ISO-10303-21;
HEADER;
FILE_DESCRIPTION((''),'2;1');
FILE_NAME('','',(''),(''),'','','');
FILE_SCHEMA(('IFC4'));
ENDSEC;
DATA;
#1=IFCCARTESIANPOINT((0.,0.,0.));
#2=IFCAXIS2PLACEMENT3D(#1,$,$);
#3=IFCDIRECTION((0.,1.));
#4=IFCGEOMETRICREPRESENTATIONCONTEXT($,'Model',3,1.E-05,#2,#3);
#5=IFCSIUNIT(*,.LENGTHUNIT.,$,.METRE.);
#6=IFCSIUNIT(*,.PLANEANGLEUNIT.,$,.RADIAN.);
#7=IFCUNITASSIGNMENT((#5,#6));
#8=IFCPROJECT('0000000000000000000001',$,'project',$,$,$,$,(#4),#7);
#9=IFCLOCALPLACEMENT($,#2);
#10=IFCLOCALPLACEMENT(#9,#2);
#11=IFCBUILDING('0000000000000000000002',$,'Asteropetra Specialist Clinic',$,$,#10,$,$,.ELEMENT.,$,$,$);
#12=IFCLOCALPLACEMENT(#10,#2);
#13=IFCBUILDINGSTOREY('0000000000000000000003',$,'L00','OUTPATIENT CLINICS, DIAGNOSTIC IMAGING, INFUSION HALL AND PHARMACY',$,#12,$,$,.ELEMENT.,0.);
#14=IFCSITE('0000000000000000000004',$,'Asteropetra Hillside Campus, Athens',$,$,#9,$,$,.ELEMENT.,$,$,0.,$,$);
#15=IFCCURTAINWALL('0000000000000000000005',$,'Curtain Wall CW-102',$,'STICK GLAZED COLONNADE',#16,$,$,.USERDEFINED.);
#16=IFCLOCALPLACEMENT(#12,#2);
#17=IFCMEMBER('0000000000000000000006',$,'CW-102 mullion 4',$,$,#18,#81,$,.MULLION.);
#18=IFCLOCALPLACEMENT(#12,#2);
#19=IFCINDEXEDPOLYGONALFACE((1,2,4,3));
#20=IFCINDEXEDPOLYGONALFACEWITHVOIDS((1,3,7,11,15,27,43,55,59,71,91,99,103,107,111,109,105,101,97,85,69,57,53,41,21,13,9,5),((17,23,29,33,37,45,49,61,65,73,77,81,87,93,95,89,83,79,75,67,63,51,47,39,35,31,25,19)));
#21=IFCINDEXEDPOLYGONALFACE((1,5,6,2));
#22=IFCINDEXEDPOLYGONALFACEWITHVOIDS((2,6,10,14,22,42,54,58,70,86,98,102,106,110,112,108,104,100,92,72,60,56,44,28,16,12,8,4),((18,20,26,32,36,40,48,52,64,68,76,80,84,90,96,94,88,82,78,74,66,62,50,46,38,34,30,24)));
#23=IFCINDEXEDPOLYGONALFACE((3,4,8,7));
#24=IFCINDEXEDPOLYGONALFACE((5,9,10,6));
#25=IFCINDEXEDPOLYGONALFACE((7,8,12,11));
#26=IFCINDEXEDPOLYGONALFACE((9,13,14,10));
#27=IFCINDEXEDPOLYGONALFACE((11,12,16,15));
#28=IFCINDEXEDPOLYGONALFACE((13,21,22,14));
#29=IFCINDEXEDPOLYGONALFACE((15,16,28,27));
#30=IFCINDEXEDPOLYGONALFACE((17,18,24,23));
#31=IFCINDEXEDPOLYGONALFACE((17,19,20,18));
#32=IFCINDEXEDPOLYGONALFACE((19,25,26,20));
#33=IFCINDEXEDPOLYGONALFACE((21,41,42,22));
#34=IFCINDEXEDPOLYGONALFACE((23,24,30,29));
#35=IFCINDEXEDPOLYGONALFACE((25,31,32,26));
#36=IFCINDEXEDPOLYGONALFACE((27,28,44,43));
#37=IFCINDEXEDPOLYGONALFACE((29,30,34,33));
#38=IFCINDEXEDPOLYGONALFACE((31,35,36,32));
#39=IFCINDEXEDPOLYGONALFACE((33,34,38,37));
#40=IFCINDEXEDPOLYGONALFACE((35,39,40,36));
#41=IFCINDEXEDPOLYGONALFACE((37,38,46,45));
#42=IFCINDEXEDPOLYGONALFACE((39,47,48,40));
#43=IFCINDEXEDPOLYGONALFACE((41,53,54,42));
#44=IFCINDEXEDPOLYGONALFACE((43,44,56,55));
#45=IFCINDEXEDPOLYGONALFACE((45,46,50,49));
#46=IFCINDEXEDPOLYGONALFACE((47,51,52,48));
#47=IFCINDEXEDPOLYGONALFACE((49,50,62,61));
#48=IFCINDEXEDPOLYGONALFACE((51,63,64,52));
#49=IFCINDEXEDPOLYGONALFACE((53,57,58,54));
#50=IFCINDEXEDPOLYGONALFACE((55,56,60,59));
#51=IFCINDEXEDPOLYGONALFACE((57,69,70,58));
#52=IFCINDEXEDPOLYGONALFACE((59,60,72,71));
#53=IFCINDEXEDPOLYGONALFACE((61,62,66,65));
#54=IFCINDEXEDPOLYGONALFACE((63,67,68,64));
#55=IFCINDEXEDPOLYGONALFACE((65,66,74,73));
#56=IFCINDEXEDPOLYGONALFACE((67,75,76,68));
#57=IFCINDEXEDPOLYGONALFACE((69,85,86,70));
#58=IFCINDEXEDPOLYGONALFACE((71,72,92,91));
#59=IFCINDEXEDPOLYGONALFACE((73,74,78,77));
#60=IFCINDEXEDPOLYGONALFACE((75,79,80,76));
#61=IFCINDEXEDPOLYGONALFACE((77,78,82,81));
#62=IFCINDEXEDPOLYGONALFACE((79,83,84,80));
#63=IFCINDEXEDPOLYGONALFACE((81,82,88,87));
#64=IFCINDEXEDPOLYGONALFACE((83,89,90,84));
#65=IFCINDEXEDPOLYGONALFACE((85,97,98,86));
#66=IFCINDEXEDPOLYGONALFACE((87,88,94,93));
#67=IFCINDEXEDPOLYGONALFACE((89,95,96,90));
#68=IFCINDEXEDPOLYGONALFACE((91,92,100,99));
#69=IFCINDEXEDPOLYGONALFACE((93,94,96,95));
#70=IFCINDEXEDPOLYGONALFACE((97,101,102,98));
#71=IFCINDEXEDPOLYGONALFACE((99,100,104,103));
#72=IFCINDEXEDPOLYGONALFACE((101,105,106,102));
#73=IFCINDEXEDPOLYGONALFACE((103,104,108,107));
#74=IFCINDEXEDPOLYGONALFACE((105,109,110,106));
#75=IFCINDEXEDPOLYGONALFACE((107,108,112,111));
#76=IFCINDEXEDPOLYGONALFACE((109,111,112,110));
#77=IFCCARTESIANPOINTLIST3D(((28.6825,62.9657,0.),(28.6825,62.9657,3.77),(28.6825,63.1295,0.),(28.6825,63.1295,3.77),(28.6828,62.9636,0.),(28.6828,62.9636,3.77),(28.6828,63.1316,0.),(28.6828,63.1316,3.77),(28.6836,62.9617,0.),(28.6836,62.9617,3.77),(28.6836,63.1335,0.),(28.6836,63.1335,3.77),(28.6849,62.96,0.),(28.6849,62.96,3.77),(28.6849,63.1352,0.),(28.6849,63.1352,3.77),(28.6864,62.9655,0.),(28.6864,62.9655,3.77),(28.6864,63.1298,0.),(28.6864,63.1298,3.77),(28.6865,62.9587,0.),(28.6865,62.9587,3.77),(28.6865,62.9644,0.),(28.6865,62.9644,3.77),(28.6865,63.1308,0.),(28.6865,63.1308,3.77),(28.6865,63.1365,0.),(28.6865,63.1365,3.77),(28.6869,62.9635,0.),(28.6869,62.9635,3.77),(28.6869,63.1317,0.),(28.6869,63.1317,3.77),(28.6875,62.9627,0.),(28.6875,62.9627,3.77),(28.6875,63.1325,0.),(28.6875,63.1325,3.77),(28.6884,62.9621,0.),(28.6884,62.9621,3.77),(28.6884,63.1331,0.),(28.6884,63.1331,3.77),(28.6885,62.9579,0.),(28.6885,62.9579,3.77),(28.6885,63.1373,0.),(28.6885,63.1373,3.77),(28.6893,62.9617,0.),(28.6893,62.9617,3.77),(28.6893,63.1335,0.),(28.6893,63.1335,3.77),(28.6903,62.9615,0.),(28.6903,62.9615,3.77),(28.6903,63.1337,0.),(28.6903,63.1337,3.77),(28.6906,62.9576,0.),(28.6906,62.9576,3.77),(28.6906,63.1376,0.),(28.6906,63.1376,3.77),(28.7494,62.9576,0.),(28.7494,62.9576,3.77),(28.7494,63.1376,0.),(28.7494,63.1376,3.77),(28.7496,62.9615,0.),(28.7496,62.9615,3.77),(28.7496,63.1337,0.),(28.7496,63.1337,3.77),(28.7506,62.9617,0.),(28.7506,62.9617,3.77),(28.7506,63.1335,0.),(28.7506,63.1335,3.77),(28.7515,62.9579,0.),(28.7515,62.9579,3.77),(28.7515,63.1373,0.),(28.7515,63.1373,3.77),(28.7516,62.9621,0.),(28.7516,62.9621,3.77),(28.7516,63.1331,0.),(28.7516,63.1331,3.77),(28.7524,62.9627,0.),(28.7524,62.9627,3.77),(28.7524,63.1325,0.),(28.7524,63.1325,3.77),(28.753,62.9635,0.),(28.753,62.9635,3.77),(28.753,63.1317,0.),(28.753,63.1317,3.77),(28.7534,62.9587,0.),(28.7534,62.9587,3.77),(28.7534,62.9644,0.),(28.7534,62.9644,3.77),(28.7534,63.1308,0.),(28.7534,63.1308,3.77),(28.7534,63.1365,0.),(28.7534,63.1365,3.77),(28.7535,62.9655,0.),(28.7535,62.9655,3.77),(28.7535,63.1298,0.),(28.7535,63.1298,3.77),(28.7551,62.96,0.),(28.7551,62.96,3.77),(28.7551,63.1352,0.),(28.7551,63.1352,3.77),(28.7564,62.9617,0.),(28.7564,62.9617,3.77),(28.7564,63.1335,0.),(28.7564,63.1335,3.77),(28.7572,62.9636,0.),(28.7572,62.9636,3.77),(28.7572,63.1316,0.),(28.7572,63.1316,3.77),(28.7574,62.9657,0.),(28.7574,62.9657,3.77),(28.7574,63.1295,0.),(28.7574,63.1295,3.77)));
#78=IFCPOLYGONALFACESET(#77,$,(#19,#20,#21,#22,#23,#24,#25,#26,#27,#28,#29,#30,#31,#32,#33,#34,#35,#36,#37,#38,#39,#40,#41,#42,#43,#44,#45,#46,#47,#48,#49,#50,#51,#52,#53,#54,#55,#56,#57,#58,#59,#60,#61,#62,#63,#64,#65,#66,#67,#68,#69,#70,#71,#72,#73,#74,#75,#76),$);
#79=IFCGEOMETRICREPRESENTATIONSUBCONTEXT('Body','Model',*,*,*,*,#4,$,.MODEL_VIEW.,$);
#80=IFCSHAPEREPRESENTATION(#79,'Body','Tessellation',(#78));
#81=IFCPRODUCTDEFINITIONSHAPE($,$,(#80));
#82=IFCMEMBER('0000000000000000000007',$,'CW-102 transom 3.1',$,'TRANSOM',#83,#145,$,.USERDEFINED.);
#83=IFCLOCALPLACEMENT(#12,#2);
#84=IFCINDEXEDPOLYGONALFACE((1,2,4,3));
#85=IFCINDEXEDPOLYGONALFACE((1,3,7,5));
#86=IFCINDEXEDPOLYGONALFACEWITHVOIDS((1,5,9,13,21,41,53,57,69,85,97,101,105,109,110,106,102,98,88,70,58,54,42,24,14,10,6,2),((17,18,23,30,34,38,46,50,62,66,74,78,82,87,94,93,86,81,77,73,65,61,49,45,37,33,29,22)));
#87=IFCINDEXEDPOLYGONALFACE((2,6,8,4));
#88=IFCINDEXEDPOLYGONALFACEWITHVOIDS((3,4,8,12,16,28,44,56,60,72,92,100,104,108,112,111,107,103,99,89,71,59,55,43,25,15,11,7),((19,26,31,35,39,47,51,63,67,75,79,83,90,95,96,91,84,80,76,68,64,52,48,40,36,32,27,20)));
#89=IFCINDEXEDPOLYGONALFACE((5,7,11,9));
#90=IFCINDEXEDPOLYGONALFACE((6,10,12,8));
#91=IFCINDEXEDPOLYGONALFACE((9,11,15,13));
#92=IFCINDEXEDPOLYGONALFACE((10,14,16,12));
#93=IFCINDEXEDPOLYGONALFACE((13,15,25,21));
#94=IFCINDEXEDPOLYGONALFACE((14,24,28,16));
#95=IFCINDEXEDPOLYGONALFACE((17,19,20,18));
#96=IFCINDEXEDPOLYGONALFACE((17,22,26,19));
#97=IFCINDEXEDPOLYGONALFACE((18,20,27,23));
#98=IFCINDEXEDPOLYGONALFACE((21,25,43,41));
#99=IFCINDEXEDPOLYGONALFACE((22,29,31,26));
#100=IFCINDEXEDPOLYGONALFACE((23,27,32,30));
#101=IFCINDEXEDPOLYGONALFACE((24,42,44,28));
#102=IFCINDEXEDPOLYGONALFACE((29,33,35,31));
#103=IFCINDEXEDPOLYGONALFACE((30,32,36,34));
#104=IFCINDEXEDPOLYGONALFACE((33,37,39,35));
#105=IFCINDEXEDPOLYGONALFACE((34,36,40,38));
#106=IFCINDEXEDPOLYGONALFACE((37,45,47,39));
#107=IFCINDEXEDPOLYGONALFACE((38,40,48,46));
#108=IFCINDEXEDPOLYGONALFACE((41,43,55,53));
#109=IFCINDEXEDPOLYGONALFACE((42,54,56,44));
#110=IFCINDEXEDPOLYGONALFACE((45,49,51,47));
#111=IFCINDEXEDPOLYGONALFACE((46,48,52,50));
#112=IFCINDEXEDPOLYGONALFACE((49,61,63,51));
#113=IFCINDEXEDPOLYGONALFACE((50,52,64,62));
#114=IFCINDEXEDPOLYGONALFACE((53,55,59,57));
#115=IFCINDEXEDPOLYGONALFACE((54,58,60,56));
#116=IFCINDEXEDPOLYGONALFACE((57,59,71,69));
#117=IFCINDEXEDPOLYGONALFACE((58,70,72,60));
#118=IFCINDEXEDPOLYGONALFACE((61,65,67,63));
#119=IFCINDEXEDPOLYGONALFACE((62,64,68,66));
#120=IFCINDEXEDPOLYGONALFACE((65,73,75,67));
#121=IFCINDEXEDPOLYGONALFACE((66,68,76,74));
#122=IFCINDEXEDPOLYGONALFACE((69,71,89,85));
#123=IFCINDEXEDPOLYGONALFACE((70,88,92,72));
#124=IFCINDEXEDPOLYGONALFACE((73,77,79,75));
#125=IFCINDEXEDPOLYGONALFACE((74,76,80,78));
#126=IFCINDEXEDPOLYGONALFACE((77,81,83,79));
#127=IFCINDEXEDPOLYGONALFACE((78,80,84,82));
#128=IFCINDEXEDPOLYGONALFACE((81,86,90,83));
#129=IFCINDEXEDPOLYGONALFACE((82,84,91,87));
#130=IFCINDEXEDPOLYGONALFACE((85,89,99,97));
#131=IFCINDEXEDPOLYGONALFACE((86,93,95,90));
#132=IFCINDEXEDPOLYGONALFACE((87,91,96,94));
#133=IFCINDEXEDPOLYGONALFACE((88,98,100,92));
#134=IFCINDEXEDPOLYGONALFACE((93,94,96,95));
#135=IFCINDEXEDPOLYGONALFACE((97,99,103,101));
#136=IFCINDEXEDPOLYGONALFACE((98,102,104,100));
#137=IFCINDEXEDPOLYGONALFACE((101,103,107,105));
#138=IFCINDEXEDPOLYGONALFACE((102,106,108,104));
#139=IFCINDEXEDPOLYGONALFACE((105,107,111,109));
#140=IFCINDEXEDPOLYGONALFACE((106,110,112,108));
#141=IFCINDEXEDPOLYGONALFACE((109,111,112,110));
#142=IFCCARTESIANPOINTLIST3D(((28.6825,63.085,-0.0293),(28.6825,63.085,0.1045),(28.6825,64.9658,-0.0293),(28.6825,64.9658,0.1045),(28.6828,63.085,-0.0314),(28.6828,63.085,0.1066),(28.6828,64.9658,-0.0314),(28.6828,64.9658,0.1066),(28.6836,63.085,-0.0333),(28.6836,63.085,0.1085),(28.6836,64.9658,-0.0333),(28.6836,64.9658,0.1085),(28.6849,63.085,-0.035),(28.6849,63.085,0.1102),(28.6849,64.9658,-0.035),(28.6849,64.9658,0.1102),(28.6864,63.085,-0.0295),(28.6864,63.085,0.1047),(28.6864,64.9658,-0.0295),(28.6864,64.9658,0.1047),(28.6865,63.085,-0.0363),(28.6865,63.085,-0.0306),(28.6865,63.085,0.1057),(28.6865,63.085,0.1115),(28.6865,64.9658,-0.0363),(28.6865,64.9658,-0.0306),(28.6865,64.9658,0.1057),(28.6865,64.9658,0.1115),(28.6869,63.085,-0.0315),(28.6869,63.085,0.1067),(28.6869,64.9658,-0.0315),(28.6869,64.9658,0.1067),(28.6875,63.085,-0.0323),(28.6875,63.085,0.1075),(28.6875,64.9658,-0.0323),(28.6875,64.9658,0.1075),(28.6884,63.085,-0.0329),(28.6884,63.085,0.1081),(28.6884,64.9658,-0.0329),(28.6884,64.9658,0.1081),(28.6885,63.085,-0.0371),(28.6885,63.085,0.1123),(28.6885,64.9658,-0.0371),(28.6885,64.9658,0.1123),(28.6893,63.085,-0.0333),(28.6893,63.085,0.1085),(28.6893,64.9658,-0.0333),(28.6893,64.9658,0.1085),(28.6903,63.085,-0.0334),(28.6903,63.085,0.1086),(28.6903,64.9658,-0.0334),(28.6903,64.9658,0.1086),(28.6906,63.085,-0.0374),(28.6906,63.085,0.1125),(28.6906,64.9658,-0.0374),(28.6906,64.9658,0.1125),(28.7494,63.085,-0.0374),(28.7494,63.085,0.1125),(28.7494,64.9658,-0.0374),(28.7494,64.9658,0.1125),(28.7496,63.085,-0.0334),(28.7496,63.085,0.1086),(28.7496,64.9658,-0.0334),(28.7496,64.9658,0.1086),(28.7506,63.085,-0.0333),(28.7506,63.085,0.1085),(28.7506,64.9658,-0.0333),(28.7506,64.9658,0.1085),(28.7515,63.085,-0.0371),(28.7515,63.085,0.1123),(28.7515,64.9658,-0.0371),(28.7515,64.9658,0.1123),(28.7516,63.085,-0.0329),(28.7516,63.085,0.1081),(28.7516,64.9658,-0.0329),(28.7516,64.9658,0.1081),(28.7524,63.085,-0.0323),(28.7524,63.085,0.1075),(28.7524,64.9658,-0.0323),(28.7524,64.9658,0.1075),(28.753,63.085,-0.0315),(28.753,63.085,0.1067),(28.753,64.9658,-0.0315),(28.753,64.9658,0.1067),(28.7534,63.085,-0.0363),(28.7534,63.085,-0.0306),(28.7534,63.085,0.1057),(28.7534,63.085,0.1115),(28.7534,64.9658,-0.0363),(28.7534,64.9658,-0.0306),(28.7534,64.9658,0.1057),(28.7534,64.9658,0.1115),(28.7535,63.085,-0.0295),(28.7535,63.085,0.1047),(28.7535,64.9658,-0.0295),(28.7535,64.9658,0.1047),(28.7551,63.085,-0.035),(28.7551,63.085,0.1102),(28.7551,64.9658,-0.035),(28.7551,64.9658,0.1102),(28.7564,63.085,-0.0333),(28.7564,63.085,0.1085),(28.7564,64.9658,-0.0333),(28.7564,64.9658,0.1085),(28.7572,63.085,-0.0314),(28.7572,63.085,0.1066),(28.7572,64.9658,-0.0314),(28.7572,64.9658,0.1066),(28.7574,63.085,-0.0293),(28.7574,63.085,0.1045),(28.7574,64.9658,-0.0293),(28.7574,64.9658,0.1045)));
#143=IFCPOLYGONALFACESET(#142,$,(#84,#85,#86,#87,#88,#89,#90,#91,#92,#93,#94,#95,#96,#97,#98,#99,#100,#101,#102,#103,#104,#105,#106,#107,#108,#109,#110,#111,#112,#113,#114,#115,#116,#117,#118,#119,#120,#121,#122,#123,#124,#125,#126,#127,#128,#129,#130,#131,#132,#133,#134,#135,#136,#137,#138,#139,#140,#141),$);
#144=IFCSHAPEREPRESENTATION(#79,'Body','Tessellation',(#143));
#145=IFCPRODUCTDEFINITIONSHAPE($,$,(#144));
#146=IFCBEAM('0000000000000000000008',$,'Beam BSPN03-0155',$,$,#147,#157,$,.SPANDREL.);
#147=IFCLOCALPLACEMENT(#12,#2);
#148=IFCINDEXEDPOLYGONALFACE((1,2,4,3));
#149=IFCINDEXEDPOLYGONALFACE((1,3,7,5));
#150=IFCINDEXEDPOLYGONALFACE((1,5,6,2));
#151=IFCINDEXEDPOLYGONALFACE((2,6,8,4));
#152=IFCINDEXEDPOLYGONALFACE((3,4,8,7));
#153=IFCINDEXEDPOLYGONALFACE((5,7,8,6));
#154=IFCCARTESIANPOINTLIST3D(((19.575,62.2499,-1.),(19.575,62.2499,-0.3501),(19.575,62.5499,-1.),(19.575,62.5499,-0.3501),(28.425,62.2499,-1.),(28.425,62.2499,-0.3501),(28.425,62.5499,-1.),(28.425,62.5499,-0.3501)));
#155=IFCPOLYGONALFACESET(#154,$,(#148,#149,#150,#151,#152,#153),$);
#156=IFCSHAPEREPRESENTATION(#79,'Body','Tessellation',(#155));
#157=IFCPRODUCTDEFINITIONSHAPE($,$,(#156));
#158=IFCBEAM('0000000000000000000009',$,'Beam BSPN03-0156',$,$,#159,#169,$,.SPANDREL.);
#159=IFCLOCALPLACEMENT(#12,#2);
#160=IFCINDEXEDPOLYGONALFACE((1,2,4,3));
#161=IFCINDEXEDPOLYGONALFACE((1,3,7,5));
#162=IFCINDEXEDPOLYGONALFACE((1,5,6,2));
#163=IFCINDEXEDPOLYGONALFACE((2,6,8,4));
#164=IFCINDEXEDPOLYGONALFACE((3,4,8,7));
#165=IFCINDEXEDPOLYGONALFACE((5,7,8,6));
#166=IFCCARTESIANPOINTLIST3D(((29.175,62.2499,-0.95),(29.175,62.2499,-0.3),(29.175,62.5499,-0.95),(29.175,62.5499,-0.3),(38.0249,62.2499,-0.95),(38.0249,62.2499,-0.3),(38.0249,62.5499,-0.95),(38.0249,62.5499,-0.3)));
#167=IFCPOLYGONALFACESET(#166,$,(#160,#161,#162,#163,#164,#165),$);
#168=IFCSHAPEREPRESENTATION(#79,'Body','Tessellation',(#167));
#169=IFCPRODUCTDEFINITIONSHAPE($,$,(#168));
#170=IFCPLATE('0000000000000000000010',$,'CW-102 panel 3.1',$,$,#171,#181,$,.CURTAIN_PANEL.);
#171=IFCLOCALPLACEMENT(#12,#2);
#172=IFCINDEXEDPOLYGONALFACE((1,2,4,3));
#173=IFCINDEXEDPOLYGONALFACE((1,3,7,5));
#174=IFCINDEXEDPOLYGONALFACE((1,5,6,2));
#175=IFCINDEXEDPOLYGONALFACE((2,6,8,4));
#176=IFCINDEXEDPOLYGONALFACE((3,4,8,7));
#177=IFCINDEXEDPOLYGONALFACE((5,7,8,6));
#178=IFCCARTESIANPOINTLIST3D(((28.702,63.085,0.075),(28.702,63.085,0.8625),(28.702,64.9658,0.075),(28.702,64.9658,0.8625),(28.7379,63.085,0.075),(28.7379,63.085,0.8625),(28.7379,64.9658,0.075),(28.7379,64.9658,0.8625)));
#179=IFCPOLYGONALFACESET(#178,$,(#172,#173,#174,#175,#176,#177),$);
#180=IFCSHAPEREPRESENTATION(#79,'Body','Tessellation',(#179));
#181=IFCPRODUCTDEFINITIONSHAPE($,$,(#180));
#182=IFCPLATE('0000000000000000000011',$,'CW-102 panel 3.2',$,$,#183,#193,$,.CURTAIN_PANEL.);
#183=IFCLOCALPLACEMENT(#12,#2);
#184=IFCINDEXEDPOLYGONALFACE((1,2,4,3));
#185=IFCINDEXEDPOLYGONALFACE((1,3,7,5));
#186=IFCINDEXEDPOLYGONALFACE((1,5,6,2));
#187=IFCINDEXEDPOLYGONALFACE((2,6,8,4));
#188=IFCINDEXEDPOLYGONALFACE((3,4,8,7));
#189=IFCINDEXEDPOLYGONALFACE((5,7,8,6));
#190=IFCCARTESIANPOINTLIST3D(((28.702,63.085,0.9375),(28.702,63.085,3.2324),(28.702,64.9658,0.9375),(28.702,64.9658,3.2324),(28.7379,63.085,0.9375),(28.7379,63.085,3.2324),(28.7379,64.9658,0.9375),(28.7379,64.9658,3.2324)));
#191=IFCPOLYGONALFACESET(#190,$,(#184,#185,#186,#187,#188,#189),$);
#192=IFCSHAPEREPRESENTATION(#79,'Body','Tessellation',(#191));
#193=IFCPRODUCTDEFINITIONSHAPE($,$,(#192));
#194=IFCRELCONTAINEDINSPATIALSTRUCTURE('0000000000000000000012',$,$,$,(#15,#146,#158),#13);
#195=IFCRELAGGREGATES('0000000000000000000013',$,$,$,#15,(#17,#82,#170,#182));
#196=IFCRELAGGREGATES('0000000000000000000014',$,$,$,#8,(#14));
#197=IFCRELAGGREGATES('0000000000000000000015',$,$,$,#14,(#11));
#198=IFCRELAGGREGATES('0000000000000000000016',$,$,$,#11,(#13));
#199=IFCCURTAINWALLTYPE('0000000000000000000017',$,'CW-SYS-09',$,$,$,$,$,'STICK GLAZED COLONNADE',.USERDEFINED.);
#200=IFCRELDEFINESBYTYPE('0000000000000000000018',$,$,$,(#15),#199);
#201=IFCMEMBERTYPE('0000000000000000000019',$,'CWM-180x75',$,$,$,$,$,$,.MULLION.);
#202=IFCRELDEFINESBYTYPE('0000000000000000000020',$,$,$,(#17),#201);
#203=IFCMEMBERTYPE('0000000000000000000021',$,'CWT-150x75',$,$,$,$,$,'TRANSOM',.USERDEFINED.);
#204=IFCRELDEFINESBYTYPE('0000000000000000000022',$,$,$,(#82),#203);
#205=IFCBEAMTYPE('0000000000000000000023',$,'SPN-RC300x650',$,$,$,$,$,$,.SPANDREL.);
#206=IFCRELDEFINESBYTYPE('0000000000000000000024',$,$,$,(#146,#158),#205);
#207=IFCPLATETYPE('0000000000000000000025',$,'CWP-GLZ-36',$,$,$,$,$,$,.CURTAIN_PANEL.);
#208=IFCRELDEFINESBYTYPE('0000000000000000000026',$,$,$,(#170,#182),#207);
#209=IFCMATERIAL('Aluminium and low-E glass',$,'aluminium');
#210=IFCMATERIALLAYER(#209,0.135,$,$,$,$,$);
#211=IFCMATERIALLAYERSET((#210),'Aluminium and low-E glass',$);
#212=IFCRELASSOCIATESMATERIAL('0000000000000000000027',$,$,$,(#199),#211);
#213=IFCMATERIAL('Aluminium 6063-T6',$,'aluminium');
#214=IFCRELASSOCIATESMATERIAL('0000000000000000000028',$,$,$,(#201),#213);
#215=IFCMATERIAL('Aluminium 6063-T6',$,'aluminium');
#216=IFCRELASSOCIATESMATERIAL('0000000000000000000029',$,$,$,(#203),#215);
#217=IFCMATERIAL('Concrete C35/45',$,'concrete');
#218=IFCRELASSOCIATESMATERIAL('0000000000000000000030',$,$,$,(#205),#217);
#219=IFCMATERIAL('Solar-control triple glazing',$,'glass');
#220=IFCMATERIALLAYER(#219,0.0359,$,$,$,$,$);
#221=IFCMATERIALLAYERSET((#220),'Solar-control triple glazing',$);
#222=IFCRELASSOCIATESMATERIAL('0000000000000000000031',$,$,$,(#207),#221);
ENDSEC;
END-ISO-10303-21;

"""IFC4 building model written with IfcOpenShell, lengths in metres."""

from ifc_helpers import new_model, si_unit, direction, frame, origin, origin_2d, place, context, subcontext, project, spatial, rectangle, hollow_rectangle, extrude, material, layer, layer_set, material_profile, profile_set, type_object, element, aggregate, save


model = new_model("IFC4")

# Units and contexts
model_context = context("Model", 3, precision=1e-05, world=origin(), true_north=direction((0.0, 1.0)))
body_context = subcontext(model_context, "Body", "Model", "MODEL_VIEW")
ifc_project = project(units=[si_unit("LENGTHUNIT", "METRE"), si_unit("PLANEANGLEUNIT", "RADIAN")], contexts=[model_context])

# Site, building, storey
site_placement = place(None, origin())
site = spatial("IfcSite", under=ifc_project, at=site_placement, Name="Asteropetra Hillside Campus, Athens", CompositionType="ELEMENT", RefElevation=0.0)
building_placement = place(site_placement, origin())
building = spatial("IfcBuilding", under=site, at=building_placement, Name="Asteropetra Specialist Clinic", CompositionType="ELEMENT")
storey_placement = place(building_placement, origin())
storey = spatial("IfcBuildingStorey", under=building, at=storey_placement, Name="L00", Description="OUTPATIENT CLINICS, DIAGNOSTIC IMAGING, INFUSION HALL AND PHARMACY", CompositionType="ELEMENT", Elevation=0.0)

# Curtain wall, members
ifc_material_1 = material(Name="Aluminium and low-E glass", Category="aluminium")
ifc_layer_1 = layer(ifc_material_1, 0.135)
ifc_layer_set_1 = layer_set([ifc_layer_1], Name="Aluminium and low-E glass")
curtain_wall_type = type_object("IfcCurtainWallType", Name="CW-SYS-09", ElementType="STICK GLAZED COLONNADE", PredefinedType="USERDEFINED", material=ifc_layer_set_1)
curtain_wall_placement = place(storey_placement, origin())
curtain_wall = element("IfcCurtainWall", 1, at=curtain_wall_placement, inside=storey, type_object=curtain_wall_type, Name="Curtain Wall CW-102", ObjectType="STICK GLAZED COLONNADE", PredefinedType="USERDEFINED")
ifc_material_2 = material(Name="Aluminium 6063-T6", Category="aluminium")
ifc_material_profile_1 = material_profile(ifc_material_2, hollow_rectangle(XDim=0.075, YDim=0.1799, WallThickness=0.0039, InnerFilletRadius=0.0039, OuterFilletRadius=0.0081, at=origin_2d()), Name="MUL 180x75x4.0")
ifc_profile_set_1 = profile_set([ifc_material_profile_1], Name="Aluminium 6063-T6")
member_type_1 = type_object("IfcMemberType", Name="CWM-180x75", PredefinedType="MULLION", material=ifc_profile_set_1)
member_1_placement = place(storey_placement, frame((28.72, 63.0476, 0.0), z_axis=(0.0, 0.0, 1.0), x_axis=(1.0, 0.0, 0.0)))
member_1 = element("IfcMember", 2, at=member_1_placement, type_object=member_type_1, Name="CW-102 mullion 4", PredefinedType="MULLION", context=body_context, shape_type="SweptSolid", body=[
    extrude(hollow_rectangle(XDim=0.075, YDim=0.1799, WallThickness=0.0039, InnerFilletRadius=0.0039, OuterFilletRadius=0.0081, at=origin_2d()), origin(), (0.0, 0.0, 1.0), 3.77),
])
ifc_material_3 = material(Name="Aluminium 6063-T6", Category="aluminium")
ifc_material_profile_2 = material_profile(ifc_material_3, hollow_rectangle(XDim=0.075, YDim=0.1499, WallThickness=0.0039, InnerFilletRadius=0.0039, OuterFilletRadius=0.0081, at=origin_2d()), Name="TRN 150x75x4.0")
ifc_profile_set_2 = profile_set([ifc_material_profile_2], Name="Aluminium 6063-T6")
member_type_2 = type_object("IfcMemberType", Name="CWT-150x75", ElementType="TRANSOM", PredefinedType="USERDEFINED", material=ifc_profile_set_2)
member_2_placement = place(storey_placement, frame((28.72, 64.9658, 0.0376), z_axis=(0.0, -1.0, 0.0), x_axis=(1.0, 0.0, 0.0)))
member_2 = element("IfcMember", 3, at=member_2_placement, type_object=member_type_2, Name="CW-102 transom 3.1", ObjectType="TRANSOM", PredefinedType="USERDEFINED", context=body_context, shape_type="SweptSolid", body=[
    extrude(hollow_rectangle(XDim=0.075, YDim=0.1499, WallThickness=0.0039, InnerFilletRadius=0.0039, OuterFilletRadius=0.0081, at=origin_2d()), origin(), (0.0, 0.0, 1.0), 1.8809),
])

# Beams
ifc_material_4 = material(Name="Concrete C35/45", Category="concrete")
ifc_material_profile_3 = material_profile(ifc_material_4, rectangle(XDim=0.3, YDim=0.6499, at=origin_2d()), Name="RCS 300x650")
ifc_profile_set_3 = profile_set([ifc_material_profile_3], Name="Concrete C35/45")
beam_type = type_object("IfcBeamType", Name="SPN-RC300x650", PredefinedType="SPANDREL", material=ifc_profile_set_3)
beam_1_placement = place(storey_placement, frame((19.575, 62.3999, -0.675), z_axis=(1.0, 0.0, 0.0), x_axis=(0.0, 1.0, 0.0)))
element("IfcBeam", 4, at=beam_1_placement, inside=storey, type_object=beam_type, Name="Beam BSPN03-0155", PredefinedType="SPANDREL", context=body_context, shape_type="SweptSolid", body=[
    extrude(rectangle(XDim=0.3, YDim=0.6499, at=origin_2d()), origin(), (0.0, 0.0, 1.0), 8.8501),
])
beam_2_placement = place(storey_placement, frame((29.175, 62.3999, -0.625), z_axis=(1.0, 0.0, 0.0), x_axis=(0.0, 1.0, 0.0)))
element("IfcBeam", 5, at=beam_2_placement, inside=storey, type_object=beam_type, Name="Beam BSPN03-0156", PredefinedType="SPANDREL", context=body_context, shape_type="SweptSolid", body=[
    extrude(rectangle(XDim=0.3, YDim=0.6499, at=origin_2d()), origin(), (0.0, 0.0, 1.0), 8.8499),
])

# Plates
ifc_material_5 = material(Name="Solar-control triple glazing", Category="glass")
ifc_layer_2 = layer(ifc_material_5, 0.0359)
ifc_layer_set_2 = layer_set([ifc_layer_2], Name="Solar-control triple glazing")
plate_type = type_object("IfcPlateType", Name="CWP-GLZ-36", PredefinedType="CURTAIN_PANEL", material=ifc_layer_set_2)
plate_1_placement = place(storey_placement, frame((28.72, 64.0254, 0.075), z_axis=(0.0, 0.0, 1.0), x_axis=(0.0, -1.0, 0.0)))
plate_1 = element("IfcPlate", 6, at=plate_1_placement, type_object=plate_type, Name="CW-102 panel 3.1", PredefinedType="CURTAIN_PANEL", context=body_context, shape_type="SweptSolid", body=[
    extrude(rectangle(XDim=1.8809, YDim=0.0359, at=origin_2d()), origin(), (0.0, 0.0, 1.0), 0.7876),
])
plate_2_placement = place(storey_placement, frame((28.72, 64.0254, 0.9375), z_axis=(0.0, 0.0, 1.0), x_axis=(0.0, -1.0, 0.0)))
plate_2 = element("IfcPlate", 7, at=plate_2_placement, type_object=plate_type, Name="CW-102 panel 3.2", PredefinedType="CURTAIN_PANEL", context=body_context, shape_type="SweptSolid", body=[
    extrude(rectangle(XDim=1.8809, YDim=0.0359, at=origin_2d()), origin(), (0.0, 0.0, 1.0), 2.2949),
])
aggregate(curtain_wall, [member_1, member_2, plate_1, plate_2])

save(model, "model.ifc")
